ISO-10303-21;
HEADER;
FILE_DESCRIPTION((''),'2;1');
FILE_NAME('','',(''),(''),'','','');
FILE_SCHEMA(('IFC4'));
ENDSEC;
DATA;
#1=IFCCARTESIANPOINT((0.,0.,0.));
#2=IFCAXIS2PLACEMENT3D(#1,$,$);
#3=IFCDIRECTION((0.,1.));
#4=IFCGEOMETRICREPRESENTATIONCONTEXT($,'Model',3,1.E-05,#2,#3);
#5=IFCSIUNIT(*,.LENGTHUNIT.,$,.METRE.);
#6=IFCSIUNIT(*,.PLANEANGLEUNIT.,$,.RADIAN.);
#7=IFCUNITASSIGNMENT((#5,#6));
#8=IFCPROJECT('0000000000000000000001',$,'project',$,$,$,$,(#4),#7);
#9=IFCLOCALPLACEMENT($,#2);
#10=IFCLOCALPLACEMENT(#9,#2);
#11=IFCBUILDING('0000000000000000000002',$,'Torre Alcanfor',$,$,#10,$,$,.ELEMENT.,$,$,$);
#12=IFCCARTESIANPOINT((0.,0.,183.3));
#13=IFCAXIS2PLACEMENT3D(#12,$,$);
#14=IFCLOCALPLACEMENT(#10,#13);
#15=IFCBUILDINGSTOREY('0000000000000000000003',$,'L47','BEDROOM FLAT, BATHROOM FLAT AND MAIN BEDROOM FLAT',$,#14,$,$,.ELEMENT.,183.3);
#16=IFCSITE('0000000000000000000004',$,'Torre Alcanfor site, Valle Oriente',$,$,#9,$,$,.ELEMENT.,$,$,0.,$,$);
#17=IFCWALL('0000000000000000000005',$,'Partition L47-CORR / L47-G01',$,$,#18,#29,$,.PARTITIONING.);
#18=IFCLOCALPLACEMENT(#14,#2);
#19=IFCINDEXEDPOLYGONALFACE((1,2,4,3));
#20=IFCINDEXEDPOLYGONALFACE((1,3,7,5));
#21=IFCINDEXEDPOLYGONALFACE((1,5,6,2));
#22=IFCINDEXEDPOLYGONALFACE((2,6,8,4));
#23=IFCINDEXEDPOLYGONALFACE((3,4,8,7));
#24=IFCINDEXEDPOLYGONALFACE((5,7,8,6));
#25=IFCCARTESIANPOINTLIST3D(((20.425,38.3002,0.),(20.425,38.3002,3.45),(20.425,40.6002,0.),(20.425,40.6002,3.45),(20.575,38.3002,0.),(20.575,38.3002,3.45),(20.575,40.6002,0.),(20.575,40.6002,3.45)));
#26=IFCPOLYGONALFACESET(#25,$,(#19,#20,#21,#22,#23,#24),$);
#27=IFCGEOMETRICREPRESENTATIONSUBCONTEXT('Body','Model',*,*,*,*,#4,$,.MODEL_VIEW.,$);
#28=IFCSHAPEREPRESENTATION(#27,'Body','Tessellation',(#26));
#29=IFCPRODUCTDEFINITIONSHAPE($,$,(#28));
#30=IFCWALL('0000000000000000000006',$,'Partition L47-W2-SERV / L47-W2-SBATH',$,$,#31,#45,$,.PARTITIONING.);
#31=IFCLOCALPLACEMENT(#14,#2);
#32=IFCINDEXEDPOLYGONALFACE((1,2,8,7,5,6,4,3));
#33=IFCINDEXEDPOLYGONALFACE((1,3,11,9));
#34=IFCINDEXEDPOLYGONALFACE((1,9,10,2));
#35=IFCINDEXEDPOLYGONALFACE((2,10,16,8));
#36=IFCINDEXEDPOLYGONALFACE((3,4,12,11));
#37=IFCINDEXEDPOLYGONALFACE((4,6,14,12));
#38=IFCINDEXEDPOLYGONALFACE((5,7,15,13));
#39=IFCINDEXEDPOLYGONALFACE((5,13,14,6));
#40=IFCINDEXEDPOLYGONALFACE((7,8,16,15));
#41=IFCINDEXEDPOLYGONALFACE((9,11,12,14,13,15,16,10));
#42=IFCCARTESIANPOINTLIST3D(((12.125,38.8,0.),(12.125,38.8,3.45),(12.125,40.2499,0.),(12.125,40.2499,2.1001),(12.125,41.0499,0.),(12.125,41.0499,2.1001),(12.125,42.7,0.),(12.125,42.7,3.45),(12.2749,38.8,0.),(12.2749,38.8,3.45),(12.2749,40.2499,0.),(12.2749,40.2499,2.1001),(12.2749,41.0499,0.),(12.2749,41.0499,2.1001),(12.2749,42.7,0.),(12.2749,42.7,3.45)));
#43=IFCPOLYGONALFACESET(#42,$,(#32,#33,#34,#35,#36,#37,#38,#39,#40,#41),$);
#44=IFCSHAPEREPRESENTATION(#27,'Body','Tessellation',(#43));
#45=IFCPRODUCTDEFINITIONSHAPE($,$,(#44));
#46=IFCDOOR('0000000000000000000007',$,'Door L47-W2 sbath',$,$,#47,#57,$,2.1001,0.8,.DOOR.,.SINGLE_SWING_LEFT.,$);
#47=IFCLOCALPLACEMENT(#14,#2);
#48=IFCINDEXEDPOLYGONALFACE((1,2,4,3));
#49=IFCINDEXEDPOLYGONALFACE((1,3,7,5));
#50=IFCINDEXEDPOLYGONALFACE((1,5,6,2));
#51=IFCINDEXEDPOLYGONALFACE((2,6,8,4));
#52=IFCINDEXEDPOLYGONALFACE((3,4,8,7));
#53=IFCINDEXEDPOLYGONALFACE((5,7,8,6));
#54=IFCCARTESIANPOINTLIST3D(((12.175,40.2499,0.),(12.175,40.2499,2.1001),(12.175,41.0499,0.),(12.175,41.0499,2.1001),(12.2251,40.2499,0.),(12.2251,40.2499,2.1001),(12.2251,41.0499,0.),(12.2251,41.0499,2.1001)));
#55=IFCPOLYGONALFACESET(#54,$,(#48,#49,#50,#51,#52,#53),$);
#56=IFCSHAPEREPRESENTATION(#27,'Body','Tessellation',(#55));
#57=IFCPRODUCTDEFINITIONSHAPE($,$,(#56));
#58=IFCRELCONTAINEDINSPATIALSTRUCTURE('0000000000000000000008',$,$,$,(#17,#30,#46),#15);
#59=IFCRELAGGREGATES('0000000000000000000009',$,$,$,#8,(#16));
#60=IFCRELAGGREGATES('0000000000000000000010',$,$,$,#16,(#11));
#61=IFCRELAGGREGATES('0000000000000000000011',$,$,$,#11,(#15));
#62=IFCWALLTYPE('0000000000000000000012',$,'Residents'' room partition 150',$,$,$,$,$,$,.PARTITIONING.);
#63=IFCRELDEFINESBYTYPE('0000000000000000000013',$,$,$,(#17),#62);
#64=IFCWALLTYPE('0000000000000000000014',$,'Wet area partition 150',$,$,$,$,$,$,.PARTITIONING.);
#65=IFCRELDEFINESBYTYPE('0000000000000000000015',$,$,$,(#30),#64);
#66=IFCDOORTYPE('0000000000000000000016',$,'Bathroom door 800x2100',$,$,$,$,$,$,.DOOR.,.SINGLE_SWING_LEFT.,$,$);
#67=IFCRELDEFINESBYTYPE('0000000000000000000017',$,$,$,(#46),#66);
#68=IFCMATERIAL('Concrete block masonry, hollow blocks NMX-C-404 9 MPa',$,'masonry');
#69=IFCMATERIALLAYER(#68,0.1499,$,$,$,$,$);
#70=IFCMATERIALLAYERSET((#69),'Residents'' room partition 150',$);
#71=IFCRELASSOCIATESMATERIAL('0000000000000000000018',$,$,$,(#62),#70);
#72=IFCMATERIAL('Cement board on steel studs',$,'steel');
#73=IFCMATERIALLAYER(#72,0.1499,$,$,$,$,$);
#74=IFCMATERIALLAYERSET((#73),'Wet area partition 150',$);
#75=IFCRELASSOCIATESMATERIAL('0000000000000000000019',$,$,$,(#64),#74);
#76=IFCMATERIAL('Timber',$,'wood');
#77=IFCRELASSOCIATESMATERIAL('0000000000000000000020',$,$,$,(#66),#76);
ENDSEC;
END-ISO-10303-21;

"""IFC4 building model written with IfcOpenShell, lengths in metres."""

from ifc_helpers import new_model, si_unit, direction, frame, frame_2d, origin, place, context, subcontext, project, spatial, rectangle, extrude, material, layer, layer_set, type_object, element, fill, save


model = new_model("IFC4")

# Units and contexts
model_context = context("Model", 3, precision=1e-05, world=origin(), true_north=direction((0.0, 1.0)))
body_context = subcontext(model_context, "Body", "Model", "MODEL_VIEW")
ifc_project = project(units=[si_unit("LENGTHUNIT", "METRE"), si_unit("PLANEANGLEUNIT", "RADIAN")], contexts=[model_context])

# Site, building, storey
site_placement = place(None, origin())
site = spatial("IfcSite", under=ifc_project, at=site_placement, Name="Torre Alcanfor site, Valle Oriente", CompositionType="ELEMENT", RefElevation=0.0)
building_placement = place(site_placement, origin())
building = spatial("IfcBuilding", under=site, at=building_placement, Name="Torre Alcanfor", CompositionType="ELEMENT")
storey_placement = place(building_placement, frame((0.0, 0.0, 183.3)))
storey = spatial("IfcBuildingStorey", under=building, at=storey_placement, Name="L47", Description="BEDROOM FLAT, BATHROOM FLAT AND MAIN BEDROOM FLAT", CompositionType="ELEMENT", Elevation=183.3)

# Shared definitions
ifc_material_1 = material(Name="Concrete block masonry, hollow blocks NMX-C-404 9 MPa", Category="masonry")
ifc_layer_1 = layer(ifc_material_1, 0.1499)
ifc_layer_set_1 = layer_set([ifc_layer_1], Name="Residents' room partition 150")
wall_type_1 = type_object("IfcWallType", Name="Residents' room partition 150", PredefinedType="PARTITIONING", material=ifc_layer_set_1)

# Wall
wall_1_placement = place(storey_placement, frame((20.5, 40.6001, 0.0), z_axis=(0.0, 0.0, 1.0), x_axis=(0.0, -1.0, 0.0)))
element("IfcWall", 1, at=wall_1_placement, inside=storey, type_object=wall_type_1, Name="Partition L47-CORR / L47-G01", PredefinedType="PARTITIONING", context=body_context, shape_type="SweptSolid", body=[
    extrude(rectangle(XDim=2.3, YDim=0.1499, at=frame_2d((1.1499, 0.0))), origin(), (0.0, 0.0, 1.0), 3.45),
])

# Wall, opening, door
ifc_material_2 = material(Name="Cement board on steel studs", Category="steel")
ifc_layer_2 = layer(ifc_material_2, 0.1499)
ifc_layer_set_2 = layer_set([ifc_layer_2], Name="Wet area partition 150")
wall_type_2 = type_object("IfcWallType", Name="Wet area partition 150", PredefinedType="PARTITIONING", material=ifc_layer_set_2)
wall_2_placement = place(storey_placement, frame((12.2, 38.8, 0.0), z_axis=(0.0, 0.0, 1.0), x_axis=(0.0, 1.0, 0.0)))
wall_2 = element("IfcWall", 2, at=wall_2_placement, inside=storey, type_object=wall_type_2, Name="Partition L47-W2-SERV / L47-W2-SBATH", PredefinedType="PARTITIONING", context=body_context, shape_type="SweptSolid", body=[
    extrude(rectangle(XDim=3.8999, YDim=0.1499, at=frame_2d((1.95, 0.0))), origin(), (0.0, 0.0, 1.0), 3.45),
])
opening_1_placement = place(wall_2_placement, frame((1.45, 0.0, 0.0)))
opening_1 = element("IfcOpeningElement", 3, at=opening_1_placement, cuts=wall_2, PredefinedType="OPENING", context=body_context, shape_type="SweptSolid", body=[
    extrude(rectangle(XDim=0.8, YDim=2.1001, at=frame_2d((0.3999, 1.05))), frame((0.0, 0.085, 0.0), z_axis=(0.0, -1.0, 0.0), x_axis=(1.0, 0.0, 0.0)), (0.0, 0.0, 1.0), 0.1699),
])
ifc_material_3 = material(Name="Timber", Category="wood")
door_type_1 = type_object("IfcDoorType", Name="Bathroom door 800x2100", OperationType="SINGLE_SWING_LEFT", PredefinedType="DOOR", material=ifc_material_3)
door_1_placement = place(opening_1_placement, origin())
door_1 = element("IfcDoor", 4, at=door_1_placement, inside=storey, type_object=door_type_1, Name="Door L47-W2 sbath", OperationType="SINGLE_SWING_LEFT", OverallHeight=2.1001, OverallWidth=0.8, PredefinedType="DOOR", context=body_context, shape_type="SweptSolid", body=[
    extrude(rectangle(XDim=0.8, YDim=2.1001, at=frame_2d((0.3999, 1.05))), frame((0.0, 0.0249, 0.0), z_axis=(0.0, -1.0, 0.0), x_axis=(1.0, 0.0, 0.0)), (0.0, 0.0, 1.0), 0.05),
])
fill(opening_1, door_1)

save(model, "model.ifc")
